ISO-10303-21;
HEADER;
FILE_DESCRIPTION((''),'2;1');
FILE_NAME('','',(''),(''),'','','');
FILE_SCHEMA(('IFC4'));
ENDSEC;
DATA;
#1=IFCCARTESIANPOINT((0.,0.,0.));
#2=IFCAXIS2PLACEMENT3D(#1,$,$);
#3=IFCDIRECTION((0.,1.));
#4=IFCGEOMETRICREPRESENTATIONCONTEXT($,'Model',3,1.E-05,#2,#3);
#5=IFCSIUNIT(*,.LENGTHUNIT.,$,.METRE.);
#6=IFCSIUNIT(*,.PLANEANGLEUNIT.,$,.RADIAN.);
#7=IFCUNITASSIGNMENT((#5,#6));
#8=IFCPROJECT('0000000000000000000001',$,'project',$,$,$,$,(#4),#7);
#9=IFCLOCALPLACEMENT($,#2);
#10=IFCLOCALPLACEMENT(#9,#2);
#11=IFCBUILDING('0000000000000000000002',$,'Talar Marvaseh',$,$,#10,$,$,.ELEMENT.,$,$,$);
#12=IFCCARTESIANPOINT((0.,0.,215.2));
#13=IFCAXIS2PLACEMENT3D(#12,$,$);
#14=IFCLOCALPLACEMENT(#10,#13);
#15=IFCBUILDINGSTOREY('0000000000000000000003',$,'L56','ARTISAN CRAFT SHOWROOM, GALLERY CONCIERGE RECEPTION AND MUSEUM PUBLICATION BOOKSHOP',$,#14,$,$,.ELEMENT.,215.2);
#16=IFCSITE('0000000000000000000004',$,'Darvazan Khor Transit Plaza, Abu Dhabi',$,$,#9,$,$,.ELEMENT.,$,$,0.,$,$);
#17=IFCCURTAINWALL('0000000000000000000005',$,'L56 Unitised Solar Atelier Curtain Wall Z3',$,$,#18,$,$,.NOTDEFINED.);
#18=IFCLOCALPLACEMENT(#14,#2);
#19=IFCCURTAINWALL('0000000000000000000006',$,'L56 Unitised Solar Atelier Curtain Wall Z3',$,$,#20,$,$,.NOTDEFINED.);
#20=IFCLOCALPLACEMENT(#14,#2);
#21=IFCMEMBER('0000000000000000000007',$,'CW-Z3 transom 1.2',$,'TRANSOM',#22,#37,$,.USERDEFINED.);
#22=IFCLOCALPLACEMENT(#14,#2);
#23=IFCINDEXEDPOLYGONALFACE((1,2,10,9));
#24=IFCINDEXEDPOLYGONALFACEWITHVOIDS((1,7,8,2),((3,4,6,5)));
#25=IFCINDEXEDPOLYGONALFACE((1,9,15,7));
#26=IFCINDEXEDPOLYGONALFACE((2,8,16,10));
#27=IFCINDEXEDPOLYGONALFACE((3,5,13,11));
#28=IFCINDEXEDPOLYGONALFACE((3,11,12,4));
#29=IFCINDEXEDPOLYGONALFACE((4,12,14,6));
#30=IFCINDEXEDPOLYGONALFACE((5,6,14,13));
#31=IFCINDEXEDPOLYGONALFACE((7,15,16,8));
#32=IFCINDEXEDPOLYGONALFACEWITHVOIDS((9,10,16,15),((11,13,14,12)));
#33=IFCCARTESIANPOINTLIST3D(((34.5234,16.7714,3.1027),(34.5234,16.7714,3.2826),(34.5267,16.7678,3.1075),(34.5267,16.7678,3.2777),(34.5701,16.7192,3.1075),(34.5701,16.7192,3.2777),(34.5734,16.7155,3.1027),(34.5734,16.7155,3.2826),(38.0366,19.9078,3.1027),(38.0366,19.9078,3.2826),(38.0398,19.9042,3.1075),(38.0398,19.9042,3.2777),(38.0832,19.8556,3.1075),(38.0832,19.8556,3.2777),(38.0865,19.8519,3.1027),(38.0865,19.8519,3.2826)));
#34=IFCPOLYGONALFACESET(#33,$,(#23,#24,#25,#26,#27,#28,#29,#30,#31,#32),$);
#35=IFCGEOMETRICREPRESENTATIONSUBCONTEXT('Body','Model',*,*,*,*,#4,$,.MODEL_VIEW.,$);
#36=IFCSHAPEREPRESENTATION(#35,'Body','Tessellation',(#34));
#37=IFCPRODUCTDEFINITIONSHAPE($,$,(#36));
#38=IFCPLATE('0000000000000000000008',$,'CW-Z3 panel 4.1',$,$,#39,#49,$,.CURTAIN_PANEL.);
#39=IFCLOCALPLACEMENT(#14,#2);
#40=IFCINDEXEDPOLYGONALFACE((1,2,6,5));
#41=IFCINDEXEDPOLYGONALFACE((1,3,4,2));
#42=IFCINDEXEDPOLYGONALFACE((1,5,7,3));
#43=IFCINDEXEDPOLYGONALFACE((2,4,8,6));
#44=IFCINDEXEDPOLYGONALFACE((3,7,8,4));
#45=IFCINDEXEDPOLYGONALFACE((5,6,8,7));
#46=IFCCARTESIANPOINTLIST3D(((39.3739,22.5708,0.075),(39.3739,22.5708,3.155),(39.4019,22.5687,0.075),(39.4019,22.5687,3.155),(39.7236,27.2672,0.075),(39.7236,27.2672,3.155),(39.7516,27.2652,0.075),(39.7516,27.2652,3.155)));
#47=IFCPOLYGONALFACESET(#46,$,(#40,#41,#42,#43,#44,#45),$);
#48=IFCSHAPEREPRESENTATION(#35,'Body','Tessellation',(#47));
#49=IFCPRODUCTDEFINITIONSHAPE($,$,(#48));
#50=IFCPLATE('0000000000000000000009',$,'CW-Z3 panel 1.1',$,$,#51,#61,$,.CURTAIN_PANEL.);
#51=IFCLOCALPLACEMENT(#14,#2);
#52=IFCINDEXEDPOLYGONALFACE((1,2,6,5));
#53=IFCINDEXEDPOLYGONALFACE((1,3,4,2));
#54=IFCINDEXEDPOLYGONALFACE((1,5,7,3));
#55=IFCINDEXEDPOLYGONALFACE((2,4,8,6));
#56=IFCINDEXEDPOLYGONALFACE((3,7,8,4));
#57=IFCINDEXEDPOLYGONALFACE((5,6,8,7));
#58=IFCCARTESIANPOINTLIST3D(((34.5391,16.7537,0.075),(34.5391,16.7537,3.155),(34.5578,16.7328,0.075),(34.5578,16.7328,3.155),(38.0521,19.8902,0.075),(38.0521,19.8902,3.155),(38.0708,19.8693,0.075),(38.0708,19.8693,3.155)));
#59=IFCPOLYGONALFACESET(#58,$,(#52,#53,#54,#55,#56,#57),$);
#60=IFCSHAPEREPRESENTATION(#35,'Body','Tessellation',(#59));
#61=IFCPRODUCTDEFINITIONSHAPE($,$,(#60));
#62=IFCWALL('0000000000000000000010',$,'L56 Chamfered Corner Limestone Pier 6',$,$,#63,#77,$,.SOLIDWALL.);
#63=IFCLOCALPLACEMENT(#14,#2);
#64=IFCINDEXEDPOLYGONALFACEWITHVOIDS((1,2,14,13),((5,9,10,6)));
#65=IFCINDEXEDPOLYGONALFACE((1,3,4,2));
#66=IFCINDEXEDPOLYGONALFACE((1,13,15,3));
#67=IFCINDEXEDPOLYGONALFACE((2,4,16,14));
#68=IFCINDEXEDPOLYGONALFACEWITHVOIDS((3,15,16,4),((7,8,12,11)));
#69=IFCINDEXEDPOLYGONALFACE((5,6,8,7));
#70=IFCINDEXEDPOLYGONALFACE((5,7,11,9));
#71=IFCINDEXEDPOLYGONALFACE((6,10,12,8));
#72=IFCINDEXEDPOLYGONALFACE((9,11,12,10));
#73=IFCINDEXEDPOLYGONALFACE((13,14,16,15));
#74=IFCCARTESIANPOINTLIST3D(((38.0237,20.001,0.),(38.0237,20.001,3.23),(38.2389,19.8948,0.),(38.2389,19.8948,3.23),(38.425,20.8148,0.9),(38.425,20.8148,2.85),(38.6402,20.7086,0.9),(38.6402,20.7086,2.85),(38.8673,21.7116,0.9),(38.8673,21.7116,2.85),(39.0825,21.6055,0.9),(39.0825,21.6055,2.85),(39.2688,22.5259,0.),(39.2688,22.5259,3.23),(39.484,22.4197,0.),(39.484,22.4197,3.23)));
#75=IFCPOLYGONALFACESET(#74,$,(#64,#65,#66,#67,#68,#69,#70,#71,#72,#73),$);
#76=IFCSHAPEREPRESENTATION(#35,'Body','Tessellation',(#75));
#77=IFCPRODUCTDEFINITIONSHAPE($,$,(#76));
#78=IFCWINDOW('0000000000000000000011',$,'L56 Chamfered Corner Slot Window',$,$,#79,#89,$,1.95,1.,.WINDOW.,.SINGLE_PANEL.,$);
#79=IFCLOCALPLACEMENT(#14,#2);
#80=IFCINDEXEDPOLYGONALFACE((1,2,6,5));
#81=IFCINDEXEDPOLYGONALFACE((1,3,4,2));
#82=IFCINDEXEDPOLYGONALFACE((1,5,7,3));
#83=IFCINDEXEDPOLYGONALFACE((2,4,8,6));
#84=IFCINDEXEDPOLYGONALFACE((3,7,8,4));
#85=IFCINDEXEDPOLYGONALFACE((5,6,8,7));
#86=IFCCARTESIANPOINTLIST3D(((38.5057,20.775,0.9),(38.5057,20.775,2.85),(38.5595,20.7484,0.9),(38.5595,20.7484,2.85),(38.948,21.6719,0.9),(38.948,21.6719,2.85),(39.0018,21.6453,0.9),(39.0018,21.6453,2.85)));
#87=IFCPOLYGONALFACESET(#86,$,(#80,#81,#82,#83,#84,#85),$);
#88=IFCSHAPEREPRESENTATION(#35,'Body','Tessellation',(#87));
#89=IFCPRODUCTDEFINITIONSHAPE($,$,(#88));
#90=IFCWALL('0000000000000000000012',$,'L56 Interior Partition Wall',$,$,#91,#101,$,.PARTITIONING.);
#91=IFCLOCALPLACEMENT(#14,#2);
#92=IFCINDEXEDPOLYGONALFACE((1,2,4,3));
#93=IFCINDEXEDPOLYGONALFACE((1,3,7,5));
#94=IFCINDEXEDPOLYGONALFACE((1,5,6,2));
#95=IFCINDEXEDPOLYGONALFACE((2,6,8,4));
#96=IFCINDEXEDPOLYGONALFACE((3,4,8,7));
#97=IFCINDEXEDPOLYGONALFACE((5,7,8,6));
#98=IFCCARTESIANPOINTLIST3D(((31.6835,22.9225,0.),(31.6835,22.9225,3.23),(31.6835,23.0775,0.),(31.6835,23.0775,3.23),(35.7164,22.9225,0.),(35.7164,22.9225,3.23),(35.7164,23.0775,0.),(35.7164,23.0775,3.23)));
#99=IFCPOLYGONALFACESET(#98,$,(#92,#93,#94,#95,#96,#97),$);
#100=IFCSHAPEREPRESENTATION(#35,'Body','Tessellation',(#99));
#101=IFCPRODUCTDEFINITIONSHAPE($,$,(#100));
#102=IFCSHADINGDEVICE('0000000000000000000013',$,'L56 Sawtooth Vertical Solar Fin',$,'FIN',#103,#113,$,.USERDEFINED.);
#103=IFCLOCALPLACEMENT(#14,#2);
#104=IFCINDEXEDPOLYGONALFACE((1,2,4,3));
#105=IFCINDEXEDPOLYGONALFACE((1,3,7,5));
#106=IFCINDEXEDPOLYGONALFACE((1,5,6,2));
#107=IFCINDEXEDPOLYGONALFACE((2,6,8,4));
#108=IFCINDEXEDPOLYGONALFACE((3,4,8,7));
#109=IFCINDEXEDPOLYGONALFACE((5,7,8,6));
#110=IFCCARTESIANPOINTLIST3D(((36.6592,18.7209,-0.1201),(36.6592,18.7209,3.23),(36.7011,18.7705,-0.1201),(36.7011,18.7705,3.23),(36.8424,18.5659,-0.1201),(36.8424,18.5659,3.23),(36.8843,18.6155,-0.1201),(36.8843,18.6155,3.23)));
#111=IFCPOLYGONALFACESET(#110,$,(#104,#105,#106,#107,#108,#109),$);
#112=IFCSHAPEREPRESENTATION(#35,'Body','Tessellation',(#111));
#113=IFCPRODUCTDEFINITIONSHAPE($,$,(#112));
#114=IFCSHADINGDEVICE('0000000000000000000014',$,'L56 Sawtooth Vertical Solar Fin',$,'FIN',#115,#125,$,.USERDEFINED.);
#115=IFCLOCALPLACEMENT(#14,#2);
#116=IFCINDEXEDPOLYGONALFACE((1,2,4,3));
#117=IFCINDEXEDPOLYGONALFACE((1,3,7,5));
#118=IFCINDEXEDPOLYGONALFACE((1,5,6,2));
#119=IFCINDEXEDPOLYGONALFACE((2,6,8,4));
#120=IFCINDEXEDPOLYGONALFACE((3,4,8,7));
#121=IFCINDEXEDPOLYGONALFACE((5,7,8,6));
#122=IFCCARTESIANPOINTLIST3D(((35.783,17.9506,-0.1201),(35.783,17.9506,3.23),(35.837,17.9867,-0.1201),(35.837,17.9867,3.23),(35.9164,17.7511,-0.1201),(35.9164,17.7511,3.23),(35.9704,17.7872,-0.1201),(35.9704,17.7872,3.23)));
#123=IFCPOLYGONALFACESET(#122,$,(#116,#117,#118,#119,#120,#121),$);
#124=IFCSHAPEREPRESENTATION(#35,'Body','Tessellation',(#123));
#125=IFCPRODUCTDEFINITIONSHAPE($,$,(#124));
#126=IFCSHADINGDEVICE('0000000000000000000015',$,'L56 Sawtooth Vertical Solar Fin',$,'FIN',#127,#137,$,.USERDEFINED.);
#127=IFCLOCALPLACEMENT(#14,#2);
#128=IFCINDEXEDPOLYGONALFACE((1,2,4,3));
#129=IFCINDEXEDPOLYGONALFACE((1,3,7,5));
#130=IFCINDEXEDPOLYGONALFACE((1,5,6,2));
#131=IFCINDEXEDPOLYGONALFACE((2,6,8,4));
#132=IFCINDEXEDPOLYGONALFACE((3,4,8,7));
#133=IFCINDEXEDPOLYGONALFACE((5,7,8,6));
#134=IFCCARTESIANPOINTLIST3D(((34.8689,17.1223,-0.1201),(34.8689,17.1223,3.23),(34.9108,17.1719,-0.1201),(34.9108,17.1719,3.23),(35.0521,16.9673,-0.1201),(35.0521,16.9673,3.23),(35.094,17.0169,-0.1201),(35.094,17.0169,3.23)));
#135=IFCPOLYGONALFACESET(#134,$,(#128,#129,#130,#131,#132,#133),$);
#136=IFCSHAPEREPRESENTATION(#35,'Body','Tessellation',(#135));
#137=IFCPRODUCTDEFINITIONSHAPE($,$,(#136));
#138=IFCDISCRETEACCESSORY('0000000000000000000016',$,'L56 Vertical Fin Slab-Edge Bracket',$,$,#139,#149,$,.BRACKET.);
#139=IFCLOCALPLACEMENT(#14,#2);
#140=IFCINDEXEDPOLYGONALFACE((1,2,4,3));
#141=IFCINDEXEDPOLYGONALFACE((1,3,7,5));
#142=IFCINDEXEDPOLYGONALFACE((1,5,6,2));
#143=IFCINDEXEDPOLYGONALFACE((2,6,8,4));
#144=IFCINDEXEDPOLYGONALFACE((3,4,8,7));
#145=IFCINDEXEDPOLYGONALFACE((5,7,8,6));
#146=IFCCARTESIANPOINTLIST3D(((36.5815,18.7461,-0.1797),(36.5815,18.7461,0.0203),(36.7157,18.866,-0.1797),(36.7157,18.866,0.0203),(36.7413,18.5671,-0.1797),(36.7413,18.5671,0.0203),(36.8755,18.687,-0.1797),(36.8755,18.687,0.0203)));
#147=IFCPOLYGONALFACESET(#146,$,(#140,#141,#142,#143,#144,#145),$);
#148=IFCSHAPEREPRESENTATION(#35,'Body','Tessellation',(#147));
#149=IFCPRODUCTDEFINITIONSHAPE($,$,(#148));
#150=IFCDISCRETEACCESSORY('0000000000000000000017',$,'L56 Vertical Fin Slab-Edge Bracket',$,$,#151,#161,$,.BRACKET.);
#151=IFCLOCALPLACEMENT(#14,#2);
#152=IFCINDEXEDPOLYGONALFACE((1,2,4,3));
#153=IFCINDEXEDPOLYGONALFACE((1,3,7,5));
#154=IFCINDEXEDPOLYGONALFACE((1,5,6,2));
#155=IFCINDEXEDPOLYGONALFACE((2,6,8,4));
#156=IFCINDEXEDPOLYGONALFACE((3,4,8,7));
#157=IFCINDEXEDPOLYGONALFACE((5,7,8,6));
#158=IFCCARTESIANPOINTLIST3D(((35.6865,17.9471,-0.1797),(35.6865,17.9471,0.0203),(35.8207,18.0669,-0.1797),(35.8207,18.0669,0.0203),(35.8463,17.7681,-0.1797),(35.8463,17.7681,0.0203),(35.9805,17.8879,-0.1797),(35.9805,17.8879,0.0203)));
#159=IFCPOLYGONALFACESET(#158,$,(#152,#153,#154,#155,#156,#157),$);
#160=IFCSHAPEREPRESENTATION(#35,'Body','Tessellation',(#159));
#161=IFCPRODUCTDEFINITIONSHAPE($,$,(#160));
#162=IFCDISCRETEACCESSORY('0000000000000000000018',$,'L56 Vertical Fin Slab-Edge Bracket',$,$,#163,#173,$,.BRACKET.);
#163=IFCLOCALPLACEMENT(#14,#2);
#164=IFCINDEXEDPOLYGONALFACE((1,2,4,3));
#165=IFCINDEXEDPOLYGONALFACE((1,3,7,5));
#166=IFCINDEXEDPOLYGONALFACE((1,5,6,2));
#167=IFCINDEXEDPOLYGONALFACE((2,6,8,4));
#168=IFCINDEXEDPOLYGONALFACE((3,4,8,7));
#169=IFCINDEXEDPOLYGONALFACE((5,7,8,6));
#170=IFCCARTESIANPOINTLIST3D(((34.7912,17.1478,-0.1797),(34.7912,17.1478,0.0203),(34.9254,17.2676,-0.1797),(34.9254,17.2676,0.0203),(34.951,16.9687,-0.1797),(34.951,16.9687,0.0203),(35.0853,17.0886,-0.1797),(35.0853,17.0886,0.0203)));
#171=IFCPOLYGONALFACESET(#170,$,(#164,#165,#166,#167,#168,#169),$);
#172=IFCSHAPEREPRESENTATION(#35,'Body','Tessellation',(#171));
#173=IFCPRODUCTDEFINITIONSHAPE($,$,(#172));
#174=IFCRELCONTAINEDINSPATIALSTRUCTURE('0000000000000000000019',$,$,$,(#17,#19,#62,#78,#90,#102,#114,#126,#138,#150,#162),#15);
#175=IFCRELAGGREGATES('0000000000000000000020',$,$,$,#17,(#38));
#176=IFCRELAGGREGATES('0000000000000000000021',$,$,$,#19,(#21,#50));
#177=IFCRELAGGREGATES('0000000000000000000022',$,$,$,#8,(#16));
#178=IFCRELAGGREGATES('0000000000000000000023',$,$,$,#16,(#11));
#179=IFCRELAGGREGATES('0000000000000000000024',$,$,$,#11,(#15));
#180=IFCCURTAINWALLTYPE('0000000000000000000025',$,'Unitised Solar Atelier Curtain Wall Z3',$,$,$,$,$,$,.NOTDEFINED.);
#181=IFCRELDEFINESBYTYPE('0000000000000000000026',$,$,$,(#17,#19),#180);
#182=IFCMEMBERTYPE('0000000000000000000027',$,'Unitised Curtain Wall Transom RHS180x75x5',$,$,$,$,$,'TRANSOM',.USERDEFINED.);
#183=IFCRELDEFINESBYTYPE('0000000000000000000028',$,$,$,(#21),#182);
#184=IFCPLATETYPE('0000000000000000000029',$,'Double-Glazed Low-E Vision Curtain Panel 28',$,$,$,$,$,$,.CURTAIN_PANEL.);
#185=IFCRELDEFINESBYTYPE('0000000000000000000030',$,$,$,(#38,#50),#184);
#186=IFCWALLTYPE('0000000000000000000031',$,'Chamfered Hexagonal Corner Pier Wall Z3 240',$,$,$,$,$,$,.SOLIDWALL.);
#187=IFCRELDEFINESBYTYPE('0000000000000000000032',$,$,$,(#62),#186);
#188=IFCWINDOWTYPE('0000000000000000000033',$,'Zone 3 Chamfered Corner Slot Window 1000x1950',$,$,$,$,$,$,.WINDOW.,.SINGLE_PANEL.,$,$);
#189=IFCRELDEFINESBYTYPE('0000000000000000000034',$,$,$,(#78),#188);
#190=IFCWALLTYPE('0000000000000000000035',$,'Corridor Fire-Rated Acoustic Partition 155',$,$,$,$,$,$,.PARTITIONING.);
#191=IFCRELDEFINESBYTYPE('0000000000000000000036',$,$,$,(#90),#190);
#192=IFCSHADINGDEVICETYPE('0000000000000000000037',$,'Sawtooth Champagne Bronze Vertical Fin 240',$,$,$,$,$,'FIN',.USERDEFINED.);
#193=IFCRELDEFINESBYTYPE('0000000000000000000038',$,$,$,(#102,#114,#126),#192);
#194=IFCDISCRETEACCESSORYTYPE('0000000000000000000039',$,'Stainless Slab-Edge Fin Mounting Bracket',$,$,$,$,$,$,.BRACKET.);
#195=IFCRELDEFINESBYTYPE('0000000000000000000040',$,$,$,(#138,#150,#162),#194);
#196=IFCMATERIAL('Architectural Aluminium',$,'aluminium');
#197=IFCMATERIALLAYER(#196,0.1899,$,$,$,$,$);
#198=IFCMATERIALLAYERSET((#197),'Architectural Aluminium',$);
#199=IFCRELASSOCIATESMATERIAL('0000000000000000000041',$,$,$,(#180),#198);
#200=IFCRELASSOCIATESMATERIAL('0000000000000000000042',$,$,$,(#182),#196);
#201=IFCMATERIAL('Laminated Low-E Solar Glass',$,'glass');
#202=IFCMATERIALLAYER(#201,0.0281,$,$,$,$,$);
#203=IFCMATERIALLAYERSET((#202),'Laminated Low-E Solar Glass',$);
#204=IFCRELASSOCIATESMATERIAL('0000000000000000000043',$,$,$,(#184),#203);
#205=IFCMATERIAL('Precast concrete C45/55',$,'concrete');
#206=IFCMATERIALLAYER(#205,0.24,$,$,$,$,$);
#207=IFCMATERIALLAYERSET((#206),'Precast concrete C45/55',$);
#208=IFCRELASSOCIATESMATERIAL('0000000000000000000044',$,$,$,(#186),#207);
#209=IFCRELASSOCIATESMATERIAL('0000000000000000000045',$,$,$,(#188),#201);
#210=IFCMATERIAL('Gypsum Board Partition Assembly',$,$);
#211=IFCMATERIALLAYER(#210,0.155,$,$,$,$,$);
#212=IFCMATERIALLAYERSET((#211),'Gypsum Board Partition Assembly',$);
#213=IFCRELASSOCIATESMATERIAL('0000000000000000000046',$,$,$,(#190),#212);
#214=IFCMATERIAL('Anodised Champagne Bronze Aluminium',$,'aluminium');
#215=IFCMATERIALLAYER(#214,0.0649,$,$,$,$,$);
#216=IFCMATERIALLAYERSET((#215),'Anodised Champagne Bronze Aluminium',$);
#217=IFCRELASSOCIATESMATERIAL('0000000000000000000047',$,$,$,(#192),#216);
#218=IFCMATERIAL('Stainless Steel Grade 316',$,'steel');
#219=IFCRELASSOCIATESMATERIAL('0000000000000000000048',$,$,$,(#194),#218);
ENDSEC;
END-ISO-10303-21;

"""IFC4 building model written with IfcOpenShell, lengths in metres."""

from ifc_helpers import new_model, si_unit, direction, frame, frame_2d, origin, origin_2d, place, context, subcontext, project, spatial, rectangle, hollow_rectangle, extrude, source, transform, mapped, material, layer, layer_set, material_profile, profile_set, type_object, type_shapes, element, fill, aggregate, save


model = new_model("IFC4")

# Units and contexts
model_context = context("Model", 3, precision=1e-05, world=origin(), true_north=direction((0.0, 1.0)))
body_context = subcontext(model_context, "Body", "Model", "MODEL_VIEW")
ifc_project = project(units=[si_unit("LENGTHUNIT", "METRE"), si_unit("PLANEANGLEUNIT", "RADIAN")], contexts=[model_context])

# Site, building, storey
site_placement = place(None, origin())
site = spatial("IfcSite", under=ifc_project, at=site_placement, Name="Darvazan Khor Transit Plaza, Abu Dhabi", CompositionType="ELEMENT", RefElevation=0.0)
building_placement = place(site_placement, origin())
building = spatial("IfcBuilding", under=site, at=building_placement, Name="Talar Marvaseh", CompositionType="ELEMENT")
storey_placement = place(building_placement, frame((0.0, 0.0, 215.2)))
storey = spatial("IfcBuildingStorey", under=building, at=storey_placement, Name="L56", Description="ARTISAN CRAFT SHOWROOM, GALLERY CONCIERGE RECEPTION AND MUSEUM PUBLICATION BOOKSHOP", CompositionType="ELEMENT", Elevation=215.2)

# Curtain wall
ifc_material_1 = material(Name="Architectural Aluminium", Category="aluminium")
ifc_layer_1 = layer(ifc_material_1, 0.1899)
ifc_layer_set_1 = layer_set([ifc_layer_1], Name="Architectural Aluminium")
curtain_wall_type = type_object("IfcCurtainWallType", Name="Unitised Solar Atelier Curtain Wall Z3", PredefinedType="NOTDEFINED", material=ifc_layer_set_1)
curtain_wall_1_placement = place(storey_placement, origin())
curtain_wall_1 = element("IfcCurtainWall", 1, at=curtain_wall_1_placement, inside=storey, type_object=curtain_wall_type, Name="L56 Unitised Solar Atelier Curtain Wall Z3", PredefinedType="NOTDEFINED")

# Curtain wall, member
curtain_wall_2_placement = place(storey_placement, origin())
curtain_wall_2 = element("IfcCurtainWall", 2, at=curtain_wall_2_placement, inside=storey, type_object=curtain_wall_type, Name="L56 Unitised Solar Atelier Curtain Wall Z3", PredefinedType="NOTDEFINED")
ifc_material_profile_1 = material_profile(ifc_material_1, hollow_rectangle(XDim=0.075, YDim=0.1799, WallThickness=0.0049, at=origin_2d()), Name="RHS180x75x5")
ifc_profile_set_1 = profile_set([ifc_material_profile_1], Name="Architectural Aluminium")
member_type_1 = type_object("IfcMemberType", Name="Unitised Curtain Wall Transom RHS180x75x5", ElementType="TRANSOM", PredefinedType="USERDEFINED", material=ifc_profile_set_1)
shared_shape_1 = source(origin(), body_context, "Body", "SweptSolid", [
    extrude(hollow_rectangle(XDim=0.075, YDim=0.1799, WallThickness=0.0049, at=origin_2d()), origin(), (0.0, 0.0, 1.0), 4.7095),
])
type_shapes(member_type_1, [shared_shape_1])
member_1_placement = place(storey_placement, frame((38.0615, 19.8799, 3.1926), z_axis=(-0.745969, -0.665981, 0.0), x_axis=(0.665981, -0.745969, 0.0)))
member_1 = element("IfcMember", 3, at=member_1_placement, type_object=member_type_1, Name="CW-Z3 transom 1.2", ObjectType="TRANSOM", PredefinedType="USERDEFINED", context=body_context, shape_type="MappedRepresentation", body=[
    mapped(shared_shape_1, transform((0.0, 0.0, 0.0), x_axis=(1.0, 0.0, 0.0), y_axis=(0.0, 1.0, 0.0), z_axis=(0.0, 0.0, 1.0), scale=1.0)),
])

# Plates
ifc_material_2 = material(Name="Laminated Low-E Solar Glass", Category="glass")
ifc_layer_2 = layer(ifc_material_2, 0.0281)
ifc_layer_set_2 = layer_set([ifc_layer_2], Name="Laminated Low-E Solar Glass")
plate_type = type_object("IfcPlateType", Name="Double-Glazed Low-E Vision Curtain Panel 28", PredefinedType="CURTAIN_PANEL", material=ifc_layer_set_2)
shared_shape_2 = source(origin(), body_context, "Body", "SweptSolid", [
    extrude(rectangle(XDim=4.7095, YDim=0.0281, at=origin_2d()), origin(), (0.0, 0.0, 1.0), 3.0801),
])
type_shapes(plate_type, [shared_shape_2])
plate_1_placement = place(storey_placement, frame((39.5627, 24.918, 0.075), z_axis=(0.0, 0.0, 1.0), x_axis=(-0.074263, -0.997239, 0.0)))
plate_1 = element("IfcPlate", 4, at=plate_1_placement, type_object=plate_type, Name="CW-Z3 panel 4.1", PredefinedType="CURTAIN_PANEL", context=body_context, shape_type="MappedRepresentation", body=[
    mapped(shared_shape_2, transform((0.0, 0.0, 0.0), x_axis=(1.0, 0.0, 0.0), y_axis=(0.0, 1.0, 0.0), z_axis=(0.0, 0.0, 1.0), scale=1.0)),
])
aggregate(curtain_wall_1, [plate_1])
plate_2_placement = place(storey_placement, frame((36.3049, 18.3115, 0.075), z_axis=(0.0, 0.0, 1.0), x_axis=(-0.745954, -0.665998, 0.0)))
plate_2 = element("IfcPlate", 5, at=plate_2_placement, type_object=plate_type, Name="CW-Z3 panel 1.1", PredefinedType="CURTAIN_PANEL", context=body_context, shape_type="MappedRepresentation", body=[
    mapped(shared_shape_2, transform((0.0, 0.0, 0.0), x_axis=(1.0, 0.0, 0.0), y_axis=(0.0, 1.0, 0.0), z_axis=(0.0, 0.0, 1.0), scale=1.0)),
])
aggregate(curtain_wall_2, [member_1, plate_2])

# Wall, opening, window
ifc_material_3 = material(Name="Precast concrete C45/55", Category="concrete")
ifc_layer_3 = layer(ifc_material_3, 0.24)
ifc_layer_set_3 = layer_set([ifc_layer_3], Name="Precast concrete C45/55")
wall_type_1 = type_object("IfcWallType", Name="Chamfered Hexagonal Corner Pier Wall Z3 240", PredefinedType="SOLIDWALL", material=ifc_layer_set_3)
wall_1_placement = place(storey_placement, frame((39.3765, 22.4729, 0.0), z_axis=(0.0, 0.0, 1.0), x_axis=(-0.442281, -0.896877, 0.0)))
wall_1 = element("IfcWall", 6, at=wall_1_placement, inside=storey, type_object=wall_type_1, Name="L56 Chamfered Corner Limestone Pier 6", PredefinedType="SOLIDWALL", context=body_context, shape_type="SweptSolid", body=[
    extrude(rectangle(XDim=2.8152, YDim=0.24, at=frame_2d((1.4077, 0.0))), origin(), (0.0, 0.0, 1.0), 3.23),
])
opening_placement = place(wall_1_placement, frame((0.908, 0.0, 0.8999)))
opening = element("IfcOpeningElement", 7, at=opening_placement, cuts=wall_1, PredefinedType="OPENING", context=body_context, shape_type="SweptSolid", body=[
    extrude(rectangle(XDim=1.0, YDim=1.95, at=frame_2d((0.5, 0.9751))), frame((0.0, 0.1299, 0.0), z_axis=(0.0, -1.0, 0.0), x_axis=(1.0, 0.0, 0.0)), (0.0, 0.0, 1.0), 0.26),
])
window_type = type_object("IfcWindowType", Name="Zone 3 Chamfered Corner Slot Window 1000x1950", PartitioningType="SINGLE_PANEL", PredefinedType="WINDOW", material=ifc_material_2)
shared_shape_3 = source(origin(), body_context, "Body", "SweptSolid", [
    extrude(rectangle(XDim=1.0, YDim=1.95, at=frame_2d((0.5, 0.9751))), frame((0.0, 0.03, 0.0), z_axis=(0.0, -1.0, 0.0), x_axis=(1.0, 0.0, 0.0)), (0.0, 0.0, 1.0), 0.0601),
])
type_shapes(window_type, [shared_shape_3])
window_placement = place(opening_placement, origin())
window = element("IfcWindow", 8, at=window_placement, inside=storey, type_object=window_type, Name="L56 Chamfered Corner Slot Window", OverallHeight=1.95, OverallWidth=1.0, PartitioningType="SINGLE_PANEL", PredefinedType="WINDOW", context=body_context, shape_type="MappedRepresentation", body=[
    mapped(shared_shape_3, transform((0.0, 0.0, 0.0), x_axis=(1.0, 0.0, 0.0), y_axis=(0.0, 1.0, 0.0), z_axis=(0.0, 0.0, 1.0), scale=1.0)),
])
fill(opening, window)

# Wall
ifc_material_4 = material(Name="Gypsum Board Partition Assembly")
ifc_layer_4 = layer(ifc_material_4, 0.155)
ifc_layer_set_4 = layer_set([ifc_layer_4], Name="Gypsum Board Partition Assembly")
wall_type_2 = type_object("IfcWallType", Name="Corridor Fire-Rated Acoustic Partition 155", PredefinedType="PARTITIONING", material=ifc_layer_set_4)
wall_2_placement = place(storey_placement, frame((35.7166, 23.0, 0.0), z_axis=(0.0, 0.0, 1.0), x_axis=(-1.0, 0.0, 0.0)))
element("IfcWall", 9, at=wall_2_placement, inside=storey, type_object=wall_type_2, Name="L56 Interior Partition Wall", PredefinedType="PARTITIONING", context=body_context, shape_type="SweptSolid", body=[
    extrude(rectangle(XDim=4.033, YDim=0.155, at=frame_2d((2.0166, 0.0))), origin(), (0.0, 0.0, 1.0), 3.23),
])

# Shading devices
ifc_material_5 = material(Name="Anodised Champagne Bronze Aluminium", Category="aluminium")
ifc_layer_5 = layer(ifc_material_5, 0.0649)
ifc_layer_set_5 = layer_set([ifc_layer_5], Name="Anodised Champagne Bronze Aluminium")
shading_device_type = type_object("IfcShadingDeviceType", Name="Sawtooth Champagne Bronze Vertical Fin 240", ElementType="FIN", PredefinedType="USERDEFINED", material=ifc_layer_set_5)
shared_shape_4 = source(origin(), body_context, "Body", "SweptSolid", [
    extrude(rectangle(XDim=0.24, YDim=0.0649, at=origin_2d()), origin(), (0.0, 0.0, 1.0), 3.3501),
])
type_shapes(shading_device_type, [shared_shape_4])
for number, where, z_axis, x_axis, name in (
    (10, (36.7717, 18.6682, -0.1201), (0.0, 0.0, 1.0), (0.763345, -0.645991, 0.0), "L56 Sawtooth Vertical Solar Fin"),
    (11, (35.8767, 17.8689, -0.1201), (0.0, 0.0, 1.0), (0.555715, -0.831373, 0.0), "L56 Sawtooth Vertical Solar Fin"),
    (12, (34.9814, 17.0696, -0.1201), (0.0, 0.0, 1.0), (0.763345, -0.645991, 0.0), "L56 Sawtooth Vertical Solar Fin"),
):
    element("IfcShadingDevice", number, at=place(storey_placement, frame(where, z_axis=z_axis, x_axis=x_axis)), inside=storey, type_object=shading_device_type, Name=name, ObjectType="FIN", PredefinedType="USERDEFINED", context=body_context, shape_type="MappedRepresentation", body=[
        mapped(shared_shape_4, transform((0.0, 0.0, 0.0), x_axis=(1.0, 0.0, 0.0), y_axis=(0.0, 1.0, 0.0), z_axis=(0.0, 0.0, 1.0), scale=1.0)),
    ])

# Discrete accessories
ifc_material_6 = material(Name="Stainless Steel Grade 316", Category="steel")
discrete_accessory_type = type_object("IfcDiscreteAccessoryType", Name="Stainless Slab-Edge Fin Mounting Bracket", PredefinedType="BRACKET", material=ifc_material_6)
shared_shape_5 = source(origin(), body_context, "Body", "SweptSolid", [
    extrude(rectangle(XDim=0.24, YDim=0.1799, at=origin_2d()), origin(), (0.0, 0.0, 1.0), 0.2),
])
type_shapes(discrete_accessory_type, [shared_shape_5])
for number, where, z_axis, x_axis, name in (
    (13, (36.7285, 18.7166, -0.1797), (0.0, 0.0, 1.0), (0.666012, -0.745941, 0.0), "L56 Vertical Fin Slab-Edge Bracket"),
    (14, (35.8335, 17.9175, -0.1797), (0.0, 0.0, 1.0), (0.666012, -0.745941, 0.0), "L56 Vertical Fin Slab-Edge Bracket"),
    (15, (34.9382, 17.1182, -0.1797), (0.0, 0.0, 1.0), (0.666012, -0.745941, 0.0), "L56 Vertical Fin Slab-Edge Bracket"),
):
    element("IfcDiscreteAccessory", number, at=place(storey_placement, frame(where, z_axis=z_axis, x_axis=x_axis)), inside=storey, type_object=discrete_accessory_type, Name=name, PredefinedType="BRACKET", context=body_context, shape_type="MappedRepresentation", body=[
        mapped(shared_shape_5, transform((0.0, 0.0, 0.0), x_axis=(1.0, 0.0, 0.0), y_axis=(0.0, 1.0, 0.0), z_axis=(0.0, 0.0, 1.0), scale=1.0)),
    ])

save(model, "model.ifc")
